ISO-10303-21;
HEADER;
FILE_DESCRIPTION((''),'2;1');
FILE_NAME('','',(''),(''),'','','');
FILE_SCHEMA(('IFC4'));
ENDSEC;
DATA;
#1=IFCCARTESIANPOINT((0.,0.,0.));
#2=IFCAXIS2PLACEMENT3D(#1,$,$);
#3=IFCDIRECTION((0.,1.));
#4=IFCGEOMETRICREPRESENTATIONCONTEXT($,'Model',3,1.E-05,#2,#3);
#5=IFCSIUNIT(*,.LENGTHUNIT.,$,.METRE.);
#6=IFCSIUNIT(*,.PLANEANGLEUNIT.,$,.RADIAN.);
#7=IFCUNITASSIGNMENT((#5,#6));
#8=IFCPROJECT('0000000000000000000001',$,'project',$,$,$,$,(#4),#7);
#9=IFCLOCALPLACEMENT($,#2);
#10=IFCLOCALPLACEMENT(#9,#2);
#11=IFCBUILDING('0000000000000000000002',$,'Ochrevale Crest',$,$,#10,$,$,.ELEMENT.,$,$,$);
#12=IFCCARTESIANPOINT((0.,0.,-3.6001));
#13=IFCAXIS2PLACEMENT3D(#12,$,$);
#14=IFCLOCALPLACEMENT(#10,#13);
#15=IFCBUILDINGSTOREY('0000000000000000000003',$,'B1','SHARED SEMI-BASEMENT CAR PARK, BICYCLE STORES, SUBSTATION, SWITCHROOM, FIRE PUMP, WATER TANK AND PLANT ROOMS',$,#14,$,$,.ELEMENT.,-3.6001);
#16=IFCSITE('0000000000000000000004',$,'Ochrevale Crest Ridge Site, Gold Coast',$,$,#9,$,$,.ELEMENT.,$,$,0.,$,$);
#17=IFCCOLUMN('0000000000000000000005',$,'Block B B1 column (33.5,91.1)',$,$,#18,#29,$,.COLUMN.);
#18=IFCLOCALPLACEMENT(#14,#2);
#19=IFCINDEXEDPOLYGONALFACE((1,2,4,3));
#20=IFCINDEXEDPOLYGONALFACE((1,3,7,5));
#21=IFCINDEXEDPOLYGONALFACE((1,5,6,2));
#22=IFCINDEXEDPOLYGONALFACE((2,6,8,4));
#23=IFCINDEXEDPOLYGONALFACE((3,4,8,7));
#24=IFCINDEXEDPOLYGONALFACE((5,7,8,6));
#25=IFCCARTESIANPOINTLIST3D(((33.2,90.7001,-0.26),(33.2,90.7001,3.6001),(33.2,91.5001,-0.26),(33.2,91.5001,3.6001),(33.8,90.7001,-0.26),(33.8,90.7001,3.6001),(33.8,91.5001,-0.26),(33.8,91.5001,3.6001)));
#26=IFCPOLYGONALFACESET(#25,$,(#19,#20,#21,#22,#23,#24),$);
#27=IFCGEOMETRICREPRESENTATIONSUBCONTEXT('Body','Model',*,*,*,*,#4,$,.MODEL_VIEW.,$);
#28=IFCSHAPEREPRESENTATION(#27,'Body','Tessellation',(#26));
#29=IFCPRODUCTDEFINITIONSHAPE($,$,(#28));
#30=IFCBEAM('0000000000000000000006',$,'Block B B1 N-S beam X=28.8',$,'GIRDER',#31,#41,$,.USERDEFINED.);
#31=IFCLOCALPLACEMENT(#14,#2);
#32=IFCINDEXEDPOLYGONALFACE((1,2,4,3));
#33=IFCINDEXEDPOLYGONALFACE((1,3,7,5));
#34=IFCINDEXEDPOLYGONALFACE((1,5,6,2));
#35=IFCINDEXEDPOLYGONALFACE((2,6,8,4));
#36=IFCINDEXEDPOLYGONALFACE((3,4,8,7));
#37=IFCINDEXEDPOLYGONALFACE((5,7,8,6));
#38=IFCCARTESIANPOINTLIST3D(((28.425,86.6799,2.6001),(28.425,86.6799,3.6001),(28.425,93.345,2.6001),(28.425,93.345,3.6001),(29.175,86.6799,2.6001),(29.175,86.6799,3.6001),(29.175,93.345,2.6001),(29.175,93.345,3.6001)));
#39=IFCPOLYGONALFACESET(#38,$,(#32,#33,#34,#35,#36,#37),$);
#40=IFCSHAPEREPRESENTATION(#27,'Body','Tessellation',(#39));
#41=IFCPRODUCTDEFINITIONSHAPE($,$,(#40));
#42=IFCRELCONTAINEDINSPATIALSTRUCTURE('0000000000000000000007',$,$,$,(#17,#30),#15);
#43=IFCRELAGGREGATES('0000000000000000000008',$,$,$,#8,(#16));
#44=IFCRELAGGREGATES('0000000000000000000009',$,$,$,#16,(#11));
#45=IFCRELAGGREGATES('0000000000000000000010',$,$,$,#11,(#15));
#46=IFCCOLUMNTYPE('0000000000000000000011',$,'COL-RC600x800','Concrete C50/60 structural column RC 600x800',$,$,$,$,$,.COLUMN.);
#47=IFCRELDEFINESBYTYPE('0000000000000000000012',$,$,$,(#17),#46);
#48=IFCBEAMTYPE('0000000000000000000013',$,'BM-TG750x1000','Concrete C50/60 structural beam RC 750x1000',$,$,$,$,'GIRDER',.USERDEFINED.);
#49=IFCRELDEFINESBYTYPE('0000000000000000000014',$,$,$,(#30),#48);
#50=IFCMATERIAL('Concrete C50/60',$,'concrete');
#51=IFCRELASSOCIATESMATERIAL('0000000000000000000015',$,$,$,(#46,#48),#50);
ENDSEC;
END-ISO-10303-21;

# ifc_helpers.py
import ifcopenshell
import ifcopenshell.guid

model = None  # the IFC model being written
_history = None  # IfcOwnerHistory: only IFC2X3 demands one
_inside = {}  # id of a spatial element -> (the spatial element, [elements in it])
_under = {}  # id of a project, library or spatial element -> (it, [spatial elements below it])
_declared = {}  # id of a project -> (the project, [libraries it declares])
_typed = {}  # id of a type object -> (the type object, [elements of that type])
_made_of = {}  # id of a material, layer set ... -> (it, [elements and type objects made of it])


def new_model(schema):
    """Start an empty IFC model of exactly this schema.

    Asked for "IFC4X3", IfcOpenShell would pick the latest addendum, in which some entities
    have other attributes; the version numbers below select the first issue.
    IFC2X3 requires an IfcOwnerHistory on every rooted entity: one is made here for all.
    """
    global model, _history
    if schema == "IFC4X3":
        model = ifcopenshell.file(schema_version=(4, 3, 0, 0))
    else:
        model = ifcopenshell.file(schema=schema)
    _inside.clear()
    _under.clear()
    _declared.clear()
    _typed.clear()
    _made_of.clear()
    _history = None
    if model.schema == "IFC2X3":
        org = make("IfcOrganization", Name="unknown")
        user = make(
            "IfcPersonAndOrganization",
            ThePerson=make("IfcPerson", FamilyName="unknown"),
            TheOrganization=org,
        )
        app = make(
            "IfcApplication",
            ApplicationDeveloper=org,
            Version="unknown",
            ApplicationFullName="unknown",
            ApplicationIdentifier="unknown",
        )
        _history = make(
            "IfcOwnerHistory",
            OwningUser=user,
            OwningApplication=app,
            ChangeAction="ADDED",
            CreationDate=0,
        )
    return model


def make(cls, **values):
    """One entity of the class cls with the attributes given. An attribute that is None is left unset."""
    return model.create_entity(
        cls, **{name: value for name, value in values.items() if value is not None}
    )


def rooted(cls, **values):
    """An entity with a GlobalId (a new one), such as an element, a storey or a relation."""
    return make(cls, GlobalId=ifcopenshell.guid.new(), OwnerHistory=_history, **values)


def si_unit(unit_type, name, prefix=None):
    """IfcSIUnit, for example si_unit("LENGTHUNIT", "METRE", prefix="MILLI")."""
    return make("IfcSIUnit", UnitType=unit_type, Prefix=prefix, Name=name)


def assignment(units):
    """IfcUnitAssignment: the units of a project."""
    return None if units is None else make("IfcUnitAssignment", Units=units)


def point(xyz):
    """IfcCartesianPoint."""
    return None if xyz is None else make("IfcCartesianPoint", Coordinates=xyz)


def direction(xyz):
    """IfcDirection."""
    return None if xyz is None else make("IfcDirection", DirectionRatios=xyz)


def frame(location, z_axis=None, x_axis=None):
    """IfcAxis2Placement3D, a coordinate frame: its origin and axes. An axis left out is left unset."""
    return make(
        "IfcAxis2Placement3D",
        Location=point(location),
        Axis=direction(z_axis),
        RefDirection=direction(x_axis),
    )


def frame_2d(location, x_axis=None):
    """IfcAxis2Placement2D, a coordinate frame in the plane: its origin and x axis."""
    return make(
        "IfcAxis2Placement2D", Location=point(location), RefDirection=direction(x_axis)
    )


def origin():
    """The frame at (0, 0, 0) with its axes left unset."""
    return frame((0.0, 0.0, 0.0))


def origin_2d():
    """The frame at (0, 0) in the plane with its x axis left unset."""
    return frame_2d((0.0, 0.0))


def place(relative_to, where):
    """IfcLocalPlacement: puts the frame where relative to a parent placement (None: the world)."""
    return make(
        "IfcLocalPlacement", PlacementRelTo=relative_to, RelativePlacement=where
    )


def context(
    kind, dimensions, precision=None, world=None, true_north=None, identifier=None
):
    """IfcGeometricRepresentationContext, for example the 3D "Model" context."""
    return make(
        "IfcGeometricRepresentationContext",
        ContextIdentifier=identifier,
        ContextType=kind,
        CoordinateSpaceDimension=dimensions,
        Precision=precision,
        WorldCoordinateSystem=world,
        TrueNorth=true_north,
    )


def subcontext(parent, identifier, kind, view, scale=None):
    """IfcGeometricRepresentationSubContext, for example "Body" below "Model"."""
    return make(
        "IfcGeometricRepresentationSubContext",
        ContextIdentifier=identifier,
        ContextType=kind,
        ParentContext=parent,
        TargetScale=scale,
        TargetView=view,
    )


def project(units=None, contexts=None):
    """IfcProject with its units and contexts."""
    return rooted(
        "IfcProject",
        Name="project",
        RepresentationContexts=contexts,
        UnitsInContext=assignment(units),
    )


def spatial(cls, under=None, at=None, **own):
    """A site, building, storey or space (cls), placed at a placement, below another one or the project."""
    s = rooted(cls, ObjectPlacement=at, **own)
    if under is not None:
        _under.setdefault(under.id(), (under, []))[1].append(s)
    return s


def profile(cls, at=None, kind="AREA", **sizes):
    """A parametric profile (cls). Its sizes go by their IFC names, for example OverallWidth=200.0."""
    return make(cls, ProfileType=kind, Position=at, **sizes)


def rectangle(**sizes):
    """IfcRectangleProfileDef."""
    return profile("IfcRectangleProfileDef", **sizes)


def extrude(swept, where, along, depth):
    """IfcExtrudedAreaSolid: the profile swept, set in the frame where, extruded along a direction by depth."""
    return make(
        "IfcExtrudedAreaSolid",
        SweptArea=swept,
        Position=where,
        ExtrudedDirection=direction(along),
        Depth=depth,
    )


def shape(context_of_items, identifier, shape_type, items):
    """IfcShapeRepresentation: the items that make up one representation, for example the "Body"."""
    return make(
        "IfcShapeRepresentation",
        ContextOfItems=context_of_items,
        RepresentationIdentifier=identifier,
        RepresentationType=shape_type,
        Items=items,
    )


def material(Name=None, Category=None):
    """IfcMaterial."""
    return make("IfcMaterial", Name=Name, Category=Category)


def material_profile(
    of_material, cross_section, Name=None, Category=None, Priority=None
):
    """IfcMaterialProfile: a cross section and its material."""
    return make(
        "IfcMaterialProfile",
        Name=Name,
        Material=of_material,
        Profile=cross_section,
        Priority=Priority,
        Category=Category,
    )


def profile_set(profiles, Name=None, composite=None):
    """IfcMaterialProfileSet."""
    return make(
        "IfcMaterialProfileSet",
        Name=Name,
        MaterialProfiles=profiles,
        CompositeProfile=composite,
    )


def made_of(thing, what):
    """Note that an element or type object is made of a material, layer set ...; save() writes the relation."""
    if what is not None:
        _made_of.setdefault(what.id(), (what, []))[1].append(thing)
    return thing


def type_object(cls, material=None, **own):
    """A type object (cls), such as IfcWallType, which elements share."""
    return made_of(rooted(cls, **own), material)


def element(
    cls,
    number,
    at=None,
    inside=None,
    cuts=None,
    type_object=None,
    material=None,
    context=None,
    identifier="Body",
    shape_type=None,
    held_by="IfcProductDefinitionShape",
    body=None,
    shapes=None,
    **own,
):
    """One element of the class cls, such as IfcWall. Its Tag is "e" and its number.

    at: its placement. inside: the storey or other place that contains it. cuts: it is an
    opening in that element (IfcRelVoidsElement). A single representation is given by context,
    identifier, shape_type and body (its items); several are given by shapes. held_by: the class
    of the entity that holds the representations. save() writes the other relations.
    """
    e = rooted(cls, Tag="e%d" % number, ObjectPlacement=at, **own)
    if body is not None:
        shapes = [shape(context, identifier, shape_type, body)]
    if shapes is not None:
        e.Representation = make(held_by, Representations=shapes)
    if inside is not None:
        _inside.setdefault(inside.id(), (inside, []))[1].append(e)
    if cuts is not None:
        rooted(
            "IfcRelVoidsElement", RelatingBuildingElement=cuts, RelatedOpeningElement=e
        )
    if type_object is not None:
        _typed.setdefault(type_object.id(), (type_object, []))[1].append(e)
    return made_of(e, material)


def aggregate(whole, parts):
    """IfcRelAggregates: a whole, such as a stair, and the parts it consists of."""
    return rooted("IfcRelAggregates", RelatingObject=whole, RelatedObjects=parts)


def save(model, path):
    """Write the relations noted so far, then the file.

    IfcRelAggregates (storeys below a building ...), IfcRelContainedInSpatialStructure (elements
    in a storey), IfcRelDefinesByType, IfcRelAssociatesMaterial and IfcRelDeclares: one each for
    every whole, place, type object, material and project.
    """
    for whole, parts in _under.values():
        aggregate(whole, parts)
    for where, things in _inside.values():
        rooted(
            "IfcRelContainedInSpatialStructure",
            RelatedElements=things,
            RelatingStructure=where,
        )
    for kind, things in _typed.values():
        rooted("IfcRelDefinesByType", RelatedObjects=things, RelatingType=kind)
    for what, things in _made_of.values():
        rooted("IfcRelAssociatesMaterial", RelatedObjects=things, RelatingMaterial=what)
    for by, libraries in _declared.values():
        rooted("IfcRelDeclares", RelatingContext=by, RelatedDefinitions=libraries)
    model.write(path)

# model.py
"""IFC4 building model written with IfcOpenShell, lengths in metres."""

from ifc_helpers import new_model, si_unit, direction, frame, origin, origin_2d, place, context, subcontext, project, spatial, rectangle, extrude, material, material_profile, profile_set, type_object, element, save


model = new_model("IFC4")

# Units and contexts
model_context = context("Model", 3, precision=1e-05, world=origin(), true_north=direction((0.0, 1.0)))
body_context = subcontext(model_context, "Body", "Model", "MODEL_VIEW")
ifc_project = project(units=[si_unit("LENGTHUNIT", "METRE"), si_unit("PLANEANGLEUNIT", "RADIAN")], contexts=[model_context])

# Site, building, storey
site_placement = place(None, origin())
site = spatial("IfcSite", under=ifc_project, at=site_placement, Name="Ochrevale Crest Ridge Site, Gold Coast", CompositionType="ELEMENT", RefElevation=0.0)
building_placement = place(site_placement, origin())
building = spatial("IfcBuilding", under=site, at=building_placement, Name="Ochrevale Crest", CompositionType="ELEMENT")
storey_placement = place(building_placement, frame((0.0, 0.0, -3.6001)))
storey = spatial("IfcBuildingStorey", under=building, at=storey_placement, Name="B1", Description="SHARED SEMI-BASEMENT CAR PARK, BICYCLE STORES, SUBSTATION, SWITCHROOM, FIRE PUMP, WATER TANK AND PLANT ROOMS", CompositionType="ELEMENT", Elevation=-3.6001)

# Column
ifc_material_1 = material(Name="Concrete C50/60", Category="concrete")
ifc_material_profile_1 = material_profile(ifc_material_1, rectangle(XDim=0.6001, YDim=0.8, at=origin_2d()), Name="RC 600x800")
ifc_profile_set_1 = profile_set([ifc_material_profile_1], Name="Concrete C50/60")
column_type_1 = type_object("IfcColumnType", Name="COL-RC600x800", Description="Concrete C50/60 structural column RC 600x800", PredefinedType="COLUMN", material=ifc_profile_set_1)
column_placement = place(storey_placement, frame((33.5, 91.1001, -0.26), z_axis=(0.0, 0.0, 1.0), x_axis=(1.0, 0.0, 0.0)))
element("IfcColumn", 1, at=column_placement, inside=storey, type_object=column_type_1, Name="Block B B1 column (33.5,91.1)", PredefinedType="COLUMN", context=body_context, shape_type="SweptSolid", body=[
    extrude(rectangle(XDim=0.6001, YDim=0.8, at=origin_2d()), origin(), (0.0, 0.0, 1.0), 3.8601),
])

# Beam
ifc_material_profile_2 = material_profile(ifc_material_1, rectangle(XDim=0.75, YDim=1.0, at=origin_2d()), Name="RC 750x1000")
ifc_profile_set_2 = profile_set([ifc_material_profile_2], Name="Concrete C50/60")
beam_type = type_object("IfcBeamType", Name="BM-TG750x1000", Description="Concrete C50/60 structural beam RC 750x1000", ElementType="GIRDER", PredefinedType="USERDEFINED", material=ifc_profile_set_2)
beam_placement = place(storey_placement, frame((28.8, 86.6799, 3.1001), z_axis=(0.0, 1.0, 0.0), x_axis=(-1.0, 0.0, 0.0)))
element("IfcBeam", 2, at=beam_placement, inside=storey, type_object=beam_type, Name="Block B B1 N-S beam X=28.8", ObjectType="GIRDER", PredefinedType="USERDEFINED", context=body_context, shape_type="SweptSolid", body=[
    extrude(rectangle(XDim=0.75, YDim=1.0, at=origin_2d()), origin(), (0.0, 0.0, 1.0), 6.665),
])

save(model, "model.ifc")
